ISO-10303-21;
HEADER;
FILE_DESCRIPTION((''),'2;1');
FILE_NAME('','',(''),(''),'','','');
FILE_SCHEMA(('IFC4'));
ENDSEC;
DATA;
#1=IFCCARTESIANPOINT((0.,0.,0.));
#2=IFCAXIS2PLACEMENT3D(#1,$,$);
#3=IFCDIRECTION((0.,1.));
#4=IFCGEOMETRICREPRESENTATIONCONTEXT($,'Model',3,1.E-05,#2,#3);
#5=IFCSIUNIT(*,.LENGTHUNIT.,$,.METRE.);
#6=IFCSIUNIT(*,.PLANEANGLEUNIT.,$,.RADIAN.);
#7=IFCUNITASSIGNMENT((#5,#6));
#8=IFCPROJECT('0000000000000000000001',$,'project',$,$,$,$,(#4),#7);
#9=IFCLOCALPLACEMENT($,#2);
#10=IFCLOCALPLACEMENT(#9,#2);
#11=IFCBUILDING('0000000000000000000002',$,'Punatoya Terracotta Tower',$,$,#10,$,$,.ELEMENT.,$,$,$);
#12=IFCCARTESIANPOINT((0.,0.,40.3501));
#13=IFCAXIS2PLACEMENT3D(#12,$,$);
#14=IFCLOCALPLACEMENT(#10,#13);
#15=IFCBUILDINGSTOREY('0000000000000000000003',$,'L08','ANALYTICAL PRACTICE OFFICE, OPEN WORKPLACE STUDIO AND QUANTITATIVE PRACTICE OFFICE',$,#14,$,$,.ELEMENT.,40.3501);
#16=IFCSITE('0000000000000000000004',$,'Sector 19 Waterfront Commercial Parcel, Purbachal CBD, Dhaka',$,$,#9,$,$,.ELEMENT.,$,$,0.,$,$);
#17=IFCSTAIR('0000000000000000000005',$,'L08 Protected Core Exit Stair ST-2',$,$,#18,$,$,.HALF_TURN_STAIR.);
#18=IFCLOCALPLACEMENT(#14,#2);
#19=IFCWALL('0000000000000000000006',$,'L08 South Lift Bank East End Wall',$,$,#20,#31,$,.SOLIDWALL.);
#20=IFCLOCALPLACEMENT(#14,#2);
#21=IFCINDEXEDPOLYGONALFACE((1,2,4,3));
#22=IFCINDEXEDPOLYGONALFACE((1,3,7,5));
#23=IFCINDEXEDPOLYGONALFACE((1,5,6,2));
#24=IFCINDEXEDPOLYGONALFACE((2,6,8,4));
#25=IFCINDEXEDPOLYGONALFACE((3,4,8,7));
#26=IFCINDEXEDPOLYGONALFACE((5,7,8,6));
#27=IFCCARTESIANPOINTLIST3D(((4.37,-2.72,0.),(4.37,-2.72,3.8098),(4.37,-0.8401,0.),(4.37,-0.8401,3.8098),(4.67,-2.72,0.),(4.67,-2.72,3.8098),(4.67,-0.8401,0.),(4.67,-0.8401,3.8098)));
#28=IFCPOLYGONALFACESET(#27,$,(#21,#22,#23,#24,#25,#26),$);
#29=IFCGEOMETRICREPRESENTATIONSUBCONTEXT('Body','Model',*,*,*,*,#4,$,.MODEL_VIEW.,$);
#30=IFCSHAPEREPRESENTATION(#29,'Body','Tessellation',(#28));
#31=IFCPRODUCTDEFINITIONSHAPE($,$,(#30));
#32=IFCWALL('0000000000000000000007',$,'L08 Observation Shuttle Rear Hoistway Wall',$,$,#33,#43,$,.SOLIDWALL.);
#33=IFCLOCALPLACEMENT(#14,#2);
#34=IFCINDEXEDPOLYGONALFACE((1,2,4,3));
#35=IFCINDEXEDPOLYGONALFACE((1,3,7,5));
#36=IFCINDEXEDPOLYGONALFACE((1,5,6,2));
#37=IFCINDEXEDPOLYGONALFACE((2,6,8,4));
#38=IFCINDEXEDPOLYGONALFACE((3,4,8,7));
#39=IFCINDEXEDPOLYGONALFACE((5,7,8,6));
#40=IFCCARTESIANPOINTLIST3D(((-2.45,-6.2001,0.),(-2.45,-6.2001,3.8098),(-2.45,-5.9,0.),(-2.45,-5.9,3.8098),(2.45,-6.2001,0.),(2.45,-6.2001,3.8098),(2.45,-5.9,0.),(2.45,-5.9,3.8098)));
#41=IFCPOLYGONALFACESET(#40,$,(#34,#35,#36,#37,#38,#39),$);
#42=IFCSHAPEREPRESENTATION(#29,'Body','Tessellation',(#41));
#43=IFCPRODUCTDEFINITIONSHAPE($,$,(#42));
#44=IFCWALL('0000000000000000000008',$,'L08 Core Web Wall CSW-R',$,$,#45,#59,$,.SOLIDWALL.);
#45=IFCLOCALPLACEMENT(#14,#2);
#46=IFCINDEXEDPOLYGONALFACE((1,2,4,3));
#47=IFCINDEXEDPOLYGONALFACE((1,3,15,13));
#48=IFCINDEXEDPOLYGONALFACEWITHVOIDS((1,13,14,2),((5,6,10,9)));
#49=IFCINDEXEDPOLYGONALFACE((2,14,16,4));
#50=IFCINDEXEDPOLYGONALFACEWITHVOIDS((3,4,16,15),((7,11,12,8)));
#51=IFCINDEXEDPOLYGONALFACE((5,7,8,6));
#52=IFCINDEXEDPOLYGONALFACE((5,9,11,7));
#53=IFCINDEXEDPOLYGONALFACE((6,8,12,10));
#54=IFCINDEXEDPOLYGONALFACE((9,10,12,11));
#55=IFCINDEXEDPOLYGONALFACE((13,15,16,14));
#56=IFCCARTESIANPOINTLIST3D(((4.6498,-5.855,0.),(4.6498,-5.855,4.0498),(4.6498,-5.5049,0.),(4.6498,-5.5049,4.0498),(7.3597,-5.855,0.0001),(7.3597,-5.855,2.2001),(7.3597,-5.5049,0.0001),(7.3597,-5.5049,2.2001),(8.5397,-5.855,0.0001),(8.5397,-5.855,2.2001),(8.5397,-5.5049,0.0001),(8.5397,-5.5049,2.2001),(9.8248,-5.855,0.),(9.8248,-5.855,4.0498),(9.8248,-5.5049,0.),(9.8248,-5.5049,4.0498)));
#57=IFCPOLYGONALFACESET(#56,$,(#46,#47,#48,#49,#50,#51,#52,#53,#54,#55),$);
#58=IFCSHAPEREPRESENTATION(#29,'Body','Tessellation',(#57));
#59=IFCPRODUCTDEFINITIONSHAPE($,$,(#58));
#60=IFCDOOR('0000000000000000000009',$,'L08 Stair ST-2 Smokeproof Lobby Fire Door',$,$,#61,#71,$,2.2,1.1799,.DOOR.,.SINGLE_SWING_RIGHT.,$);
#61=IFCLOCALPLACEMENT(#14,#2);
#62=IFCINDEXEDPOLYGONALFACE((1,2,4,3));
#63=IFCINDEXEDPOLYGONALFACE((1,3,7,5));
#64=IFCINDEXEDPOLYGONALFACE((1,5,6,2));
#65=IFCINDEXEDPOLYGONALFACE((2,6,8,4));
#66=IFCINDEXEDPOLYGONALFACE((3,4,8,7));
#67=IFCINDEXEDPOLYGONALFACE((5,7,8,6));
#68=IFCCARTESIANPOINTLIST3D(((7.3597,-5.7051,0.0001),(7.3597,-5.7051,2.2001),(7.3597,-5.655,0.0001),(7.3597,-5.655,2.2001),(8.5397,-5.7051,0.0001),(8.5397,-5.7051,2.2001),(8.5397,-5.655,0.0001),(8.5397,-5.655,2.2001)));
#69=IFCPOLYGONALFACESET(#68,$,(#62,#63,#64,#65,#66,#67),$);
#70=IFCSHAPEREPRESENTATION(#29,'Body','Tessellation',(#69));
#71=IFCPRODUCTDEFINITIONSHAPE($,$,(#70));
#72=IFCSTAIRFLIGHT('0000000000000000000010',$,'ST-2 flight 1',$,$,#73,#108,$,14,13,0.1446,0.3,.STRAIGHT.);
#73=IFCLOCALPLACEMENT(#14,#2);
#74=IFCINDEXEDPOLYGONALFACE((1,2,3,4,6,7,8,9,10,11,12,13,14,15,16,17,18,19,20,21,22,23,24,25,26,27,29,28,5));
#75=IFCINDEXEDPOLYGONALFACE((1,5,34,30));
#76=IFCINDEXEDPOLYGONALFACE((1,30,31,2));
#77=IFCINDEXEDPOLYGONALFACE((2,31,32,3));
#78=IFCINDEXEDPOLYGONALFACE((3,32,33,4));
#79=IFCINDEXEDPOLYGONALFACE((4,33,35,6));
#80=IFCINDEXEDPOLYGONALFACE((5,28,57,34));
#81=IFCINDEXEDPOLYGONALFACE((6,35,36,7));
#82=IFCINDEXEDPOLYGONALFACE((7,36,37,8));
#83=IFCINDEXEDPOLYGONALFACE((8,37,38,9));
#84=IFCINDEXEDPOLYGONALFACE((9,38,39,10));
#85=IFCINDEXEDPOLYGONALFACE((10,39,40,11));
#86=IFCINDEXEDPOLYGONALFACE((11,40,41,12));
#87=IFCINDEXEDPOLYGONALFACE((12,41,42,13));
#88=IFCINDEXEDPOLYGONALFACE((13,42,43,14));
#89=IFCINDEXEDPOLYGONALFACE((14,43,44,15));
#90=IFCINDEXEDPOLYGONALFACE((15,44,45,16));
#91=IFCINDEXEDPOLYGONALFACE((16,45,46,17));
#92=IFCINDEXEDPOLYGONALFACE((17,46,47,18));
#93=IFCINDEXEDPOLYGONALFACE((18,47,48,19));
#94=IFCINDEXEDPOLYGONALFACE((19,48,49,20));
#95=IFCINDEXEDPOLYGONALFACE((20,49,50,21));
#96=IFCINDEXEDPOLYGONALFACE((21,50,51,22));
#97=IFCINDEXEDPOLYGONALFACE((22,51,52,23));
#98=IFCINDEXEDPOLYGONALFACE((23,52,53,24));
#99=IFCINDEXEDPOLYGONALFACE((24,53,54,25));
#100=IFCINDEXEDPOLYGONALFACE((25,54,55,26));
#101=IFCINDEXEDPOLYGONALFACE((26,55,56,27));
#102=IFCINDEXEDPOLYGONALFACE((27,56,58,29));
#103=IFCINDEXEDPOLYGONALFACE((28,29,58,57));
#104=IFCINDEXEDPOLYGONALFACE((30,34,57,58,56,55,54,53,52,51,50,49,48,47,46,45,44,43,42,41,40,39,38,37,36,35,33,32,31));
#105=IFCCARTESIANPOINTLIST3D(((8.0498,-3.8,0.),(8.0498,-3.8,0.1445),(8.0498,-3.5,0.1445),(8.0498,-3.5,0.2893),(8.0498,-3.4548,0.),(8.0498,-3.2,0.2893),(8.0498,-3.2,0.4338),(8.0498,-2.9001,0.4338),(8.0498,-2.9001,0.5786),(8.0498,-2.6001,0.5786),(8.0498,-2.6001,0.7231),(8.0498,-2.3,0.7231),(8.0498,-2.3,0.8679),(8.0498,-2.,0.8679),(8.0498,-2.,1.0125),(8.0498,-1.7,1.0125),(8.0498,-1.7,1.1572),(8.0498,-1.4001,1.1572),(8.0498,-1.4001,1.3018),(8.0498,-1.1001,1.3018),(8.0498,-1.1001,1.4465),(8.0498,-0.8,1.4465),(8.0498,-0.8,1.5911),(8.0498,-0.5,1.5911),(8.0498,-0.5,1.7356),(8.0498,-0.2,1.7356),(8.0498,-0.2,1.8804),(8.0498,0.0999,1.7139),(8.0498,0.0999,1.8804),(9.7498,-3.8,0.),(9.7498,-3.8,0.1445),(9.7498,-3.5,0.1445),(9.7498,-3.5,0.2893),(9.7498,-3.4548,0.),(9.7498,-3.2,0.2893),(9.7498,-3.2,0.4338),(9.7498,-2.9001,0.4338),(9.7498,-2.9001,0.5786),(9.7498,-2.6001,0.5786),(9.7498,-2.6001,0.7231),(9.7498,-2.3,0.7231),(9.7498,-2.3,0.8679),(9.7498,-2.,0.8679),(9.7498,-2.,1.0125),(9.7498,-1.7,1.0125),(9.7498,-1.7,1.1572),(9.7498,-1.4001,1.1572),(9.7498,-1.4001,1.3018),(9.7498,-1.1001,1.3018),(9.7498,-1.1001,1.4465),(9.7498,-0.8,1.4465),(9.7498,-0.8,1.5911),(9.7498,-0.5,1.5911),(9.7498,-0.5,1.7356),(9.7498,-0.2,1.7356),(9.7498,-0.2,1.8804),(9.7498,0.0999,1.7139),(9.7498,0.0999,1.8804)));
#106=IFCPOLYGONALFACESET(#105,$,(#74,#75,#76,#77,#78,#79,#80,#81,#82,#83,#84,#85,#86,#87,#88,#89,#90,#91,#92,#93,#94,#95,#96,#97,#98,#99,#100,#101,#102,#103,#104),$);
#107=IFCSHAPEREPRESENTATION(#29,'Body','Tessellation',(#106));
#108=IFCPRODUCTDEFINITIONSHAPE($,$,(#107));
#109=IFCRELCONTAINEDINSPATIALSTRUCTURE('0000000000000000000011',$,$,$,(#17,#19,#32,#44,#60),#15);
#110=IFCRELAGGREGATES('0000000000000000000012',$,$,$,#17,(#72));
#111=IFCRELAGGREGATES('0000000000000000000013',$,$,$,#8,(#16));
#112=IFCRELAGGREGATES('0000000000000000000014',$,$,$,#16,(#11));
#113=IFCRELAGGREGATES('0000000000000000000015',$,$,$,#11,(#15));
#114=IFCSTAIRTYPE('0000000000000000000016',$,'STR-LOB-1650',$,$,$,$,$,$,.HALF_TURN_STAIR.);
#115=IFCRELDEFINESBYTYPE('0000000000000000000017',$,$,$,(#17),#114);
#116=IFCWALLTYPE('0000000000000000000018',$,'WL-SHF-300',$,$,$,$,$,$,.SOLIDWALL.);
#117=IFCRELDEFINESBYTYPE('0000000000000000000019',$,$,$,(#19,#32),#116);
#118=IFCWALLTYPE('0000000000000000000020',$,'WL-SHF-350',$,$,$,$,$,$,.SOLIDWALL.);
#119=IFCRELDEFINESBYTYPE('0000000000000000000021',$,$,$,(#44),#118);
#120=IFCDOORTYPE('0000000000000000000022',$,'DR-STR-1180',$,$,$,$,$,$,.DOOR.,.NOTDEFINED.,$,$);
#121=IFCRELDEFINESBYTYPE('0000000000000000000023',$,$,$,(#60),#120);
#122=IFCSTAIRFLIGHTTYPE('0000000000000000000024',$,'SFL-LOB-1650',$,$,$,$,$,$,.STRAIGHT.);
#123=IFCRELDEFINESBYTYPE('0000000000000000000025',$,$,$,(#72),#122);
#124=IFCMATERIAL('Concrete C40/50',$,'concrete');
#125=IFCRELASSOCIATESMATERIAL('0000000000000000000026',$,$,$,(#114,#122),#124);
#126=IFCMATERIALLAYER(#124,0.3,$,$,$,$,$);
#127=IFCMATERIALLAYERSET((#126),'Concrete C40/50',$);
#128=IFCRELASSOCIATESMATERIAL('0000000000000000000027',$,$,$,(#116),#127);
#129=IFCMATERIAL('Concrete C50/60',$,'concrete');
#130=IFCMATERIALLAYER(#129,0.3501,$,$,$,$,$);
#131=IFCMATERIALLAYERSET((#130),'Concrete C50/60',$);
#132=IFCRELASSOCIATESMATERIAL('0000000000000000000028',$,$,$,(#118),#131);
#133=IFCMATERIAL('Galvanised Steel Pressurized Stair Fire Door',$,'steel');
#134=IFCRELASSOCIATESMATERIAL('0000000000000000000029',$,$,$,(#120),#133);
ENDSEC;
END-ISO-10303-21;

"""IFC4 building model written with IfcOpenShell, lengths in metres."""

from ifc_helpers import new_model, si_unit, direction, frame, frame_2d, origin, place, context, subcontext, project, spatial, polyline, rectangle, outline, extrude, material, layer, layer_set, type_object, element, fill, aggregate, save


model = new_model("IFC4")

# Units and contexts
model_context = context("Model", 3, precision=1e-05, world=origin(), true_north=direction((0.0, 1.0)))
body_context = subcontext(model_context, "Body", "Model", "MODEL_VIEW")
ifc_project = project(units=[si_unit("LENGTHUNIT", "METRE"), si_unit("PLANEANGLEUNIT", "RADIAN")], contexts=[model_context])

# Site, building, storey
site_placement = place(None, origin())
site = spatial("IfcSite", under=ifc_project, at=site_placement, Name="Sector 19 Waterfront Commercial Parcel, Purbachal CBD, Dhaka", CompositionType="ELEMENT", RefElevation=0.0)
building_placement = place(site_placement, origin())
building = spatial("IfcBuilding", under=site, at=building_placement, Name="Punatoya Terracotta Tower", CompositionType="ELEMENT")
storey_placement = place(building_placement, frame((0.0, 0.0, 40.3501)))
storey = spatial("IfcBuildingStorey", under=building, at=storey_placement, Name="L08", Description="ANALYTICAL PRACTICE OFFICE, OPEN WORKPLACE STUDIO AND QUANTITATIVE PRACTICE OFFICE", CompositionType="ELEMENT", Elevation=40.3501)

# Stair
ifc_material_1 = material(Name="Concrete C40/50", Category="concrete")
stair_type_1 = type_object("IfcStairType", Name="STR-LOB-1650", PredefinedType="HALF_TURN_STAIR", material=ifc_material_1)
stair_1_placement = place(storey_placement, origin())
stair_1 = element("IfcStair", 1, at=stair_1_placement, inside=storey, type_object=stair_type_1, Name="L08 Protected Core Exit Stair ST-2", PredefinedType="HALF_TURN_STAIR")

# Shared definitions
ifc_layer_1 = layer(ifc_material_1, 0.3)
ifc_layer_set_1 = layer_set([ifc_layer_1], Name="Concrete C40/50")
wall_type_1 = type_object("IfcWallType", Name="WL-SHF-300", PredefinedType="SOLIDWALL", material=ifc_layer_set_1)

# Walls
for number, where, z_axis, x_axis, name in (
    (2, (4.52, -2.72, 0.0), (0.0, 0.0, 1.0), (0.0, 1.0, 0.0), "L08 South Lift Bank East End Wall"),
):
    element("IfcWall", number, at=place(storey_placement, frame(where, z_axis=z_axis, x_axis=x_axis)), inside=storey, type_object=wall_type_1, Name=name, PredefinedType="SOLIDWALL", context=body_context, shape_type="SweptSolid", body=[
        extrude(rectangle(XDim=1.8799, YDim=0.3, at=frame_2d((0.9399, 0.0))), origin(), (0.0, 0.0, 1.0), 3.8098),
    ])
wall_1_placement = place(storey_placement, frame((-2.45, -6.05, 0.0), z_axis=(0.0, 0.0, 1.0), x_axis=(1.0, 0.0, 0.0)))
element("IfcWall", 3, at=wall_1_placement, inside=storey, type_object=wall_type_1, Name="L08 Observation Shuttle Rear Hoistway Wall", PredefinedType="SOLIDWALL", context=body_context, shape_type="SweptSolid", body=[
    extrude(rectangle(XDim=4.8999, YDim=0.3, at=frame_2d((2.45, 0.0))), origin(), (0.0, 0.0, 1.0), 3.8098),
])

# Wall, opening, door
ifc_material_2 = material(Name="Concrete C50/60", Category="concrete")
ifc_layer_2 = layer(ifc_material_2, 0.3501)
ifc_layer_set_2 = layer_set([ifc_layer_2], Name="Concrete C50/60")
wall_type_2 = type_object("IfcWallType", Name="WL-SHF-350", PredefinedType="SOLIDWALL", material=ifc_layer_set_2)
wall_2_placement = place(storey_placement, frame((4.6499, -5.6799, 0.0), z_axis=(0.0, 0.0, 1.0), x_axis=(1.0, 0.0, 0.0)))
wall_2 = element("IfcWall", 4, at=wall_2_placement, inside=storey, type_object=wall_type_2, Name="L08 Core Web Wall CSW-R", PredefinedType="SOLIDWALL", context=body_context, shape_type="SweptSolid", body=[
    extrude(rectangle(XDim=5.175, YDim=0.3501, at=frame_2d((2.5874, 0.0))), origin(), (0.0, 0.0, 1.0), 4.0498),
])
opening_1_placement = place(wall_2_placement, frame((2.71, 0.0, 0.0)))
opening_1 = element("IfcOpeningElement", 5, at=opening_1_placement, cuts=wall_2, PredefinedType="OPENING", context=body_context, shape_type="SweptSolid", body=[
    extrude(rectangle(XDim=1.1799, YDim=2.2, at=frame_2d((0.5898, 1.1001))), frame((0.0, 0.1851, 0.0), z_axis=(0.0, -1.0, 0.0), x_axis=(1.0, 0.0, 0.0)), (0.0, 0.0, 1.0), 0.3701),
])
ifc_material_3 = material(Name="Galvanised Steel Pressurized Stair Fire Door", Category="steel")
door_type_1 = type_object("IfcDoorType", Name="DR-STR-1180", OperationType="NOTDEFINED", PredefinedType="DOOR", material=ifc_material_3)
door_1_placement = place(opening_1_placement, origin())
door_1 = element("IfcDoor", 6, at=door_1_placement, inside=storey, type_object=door_type_1, Name="L08 Stair ST-2 Smokeproof Lobby Fire Door", OperationType="SINGLE_SWING_RIGHT", OverallHeight=2.2, OverallWidth=1.1799, PredefinedType="DOOR", context=body_context, shape_type="SweptSolid", body=[
    extrude(rectangle(XDim=1.1799, YDim=2.2, at=frame_2d((0.5898, 1.1001))), frame((0.0, 0.0249, 0.0), z_axis=(0.0, -1.0, 0.0), x_axis=(1.0, 0.0, 0.0)), (0.0, 0.0, 1.0), 0.05),
])
fill(opening_1, door_1)

# Stair flight
stair_flight_type = type_object("IfcStairFlightType", Name="SFL-LOB-1650", PredefinedType="STRAIGHT", material=ifc_material_1)
stair_flight_placement = place(storey_placement, frame((8.8999, -3.8, 0.0), z_axis=(0.0, 0.0, 1.0), x_axis=(0.0, 1.0, 0.0)))
stair_flight = element("IfcStairFlight", 7, at=stair_flight_placement, type_object=stair_flight_type, Name="ST-2 flight 1", NumberOfRisers=14, NumberOfTreads=13, PredefinedType="STRAIGHT", RiserHeight=0.1446, TreadLength=0.3, context=body_context, shape_type="SweptSolid", body=[
    extrude(outline(polyline([(0.0, 0.0), (0.0, 0.1445), (0.3, 0.1445), (0.3, 0.2893), (0.6001, 0.2893), (0.6001, 0.4338), (0.8999, 0.4338), (0.8999, 0.5786), (1.2, 0.5786), (1.2, 0.7231), (1.5, 0.7231), (1.5, 0.8679), (1.8, 0.8679), (1.8, 1.0125), (2.1001, 1.0125), (2.1001, 1.1572), (2.3999, 1.1572), (2.3999, 1.3018), (2.7, 1.3018), (2.7, 1.4465), (3.0, 1.4465), (3.0, 1.5911), (3.3, 1.5911), (3.3, 1.7356), (3.6001, 1.7356), (3.6001, 1.8804), (3.8999, 1.8804), (3.8999, 2.0249), (3.8999, 1.7139), (0.3452, 0.0), (0.0, 0.0)])), frame((0.0, 0.8501, 0.0), z_axis=(0.0, -1.0, 0.0), x_axis=(1.0, 0.0, 0.0)), (0.0, 0.0, 1.0), 1.7),
])
aggregate(stair_1, [stair_flight])

save(model, "model.ifc")
